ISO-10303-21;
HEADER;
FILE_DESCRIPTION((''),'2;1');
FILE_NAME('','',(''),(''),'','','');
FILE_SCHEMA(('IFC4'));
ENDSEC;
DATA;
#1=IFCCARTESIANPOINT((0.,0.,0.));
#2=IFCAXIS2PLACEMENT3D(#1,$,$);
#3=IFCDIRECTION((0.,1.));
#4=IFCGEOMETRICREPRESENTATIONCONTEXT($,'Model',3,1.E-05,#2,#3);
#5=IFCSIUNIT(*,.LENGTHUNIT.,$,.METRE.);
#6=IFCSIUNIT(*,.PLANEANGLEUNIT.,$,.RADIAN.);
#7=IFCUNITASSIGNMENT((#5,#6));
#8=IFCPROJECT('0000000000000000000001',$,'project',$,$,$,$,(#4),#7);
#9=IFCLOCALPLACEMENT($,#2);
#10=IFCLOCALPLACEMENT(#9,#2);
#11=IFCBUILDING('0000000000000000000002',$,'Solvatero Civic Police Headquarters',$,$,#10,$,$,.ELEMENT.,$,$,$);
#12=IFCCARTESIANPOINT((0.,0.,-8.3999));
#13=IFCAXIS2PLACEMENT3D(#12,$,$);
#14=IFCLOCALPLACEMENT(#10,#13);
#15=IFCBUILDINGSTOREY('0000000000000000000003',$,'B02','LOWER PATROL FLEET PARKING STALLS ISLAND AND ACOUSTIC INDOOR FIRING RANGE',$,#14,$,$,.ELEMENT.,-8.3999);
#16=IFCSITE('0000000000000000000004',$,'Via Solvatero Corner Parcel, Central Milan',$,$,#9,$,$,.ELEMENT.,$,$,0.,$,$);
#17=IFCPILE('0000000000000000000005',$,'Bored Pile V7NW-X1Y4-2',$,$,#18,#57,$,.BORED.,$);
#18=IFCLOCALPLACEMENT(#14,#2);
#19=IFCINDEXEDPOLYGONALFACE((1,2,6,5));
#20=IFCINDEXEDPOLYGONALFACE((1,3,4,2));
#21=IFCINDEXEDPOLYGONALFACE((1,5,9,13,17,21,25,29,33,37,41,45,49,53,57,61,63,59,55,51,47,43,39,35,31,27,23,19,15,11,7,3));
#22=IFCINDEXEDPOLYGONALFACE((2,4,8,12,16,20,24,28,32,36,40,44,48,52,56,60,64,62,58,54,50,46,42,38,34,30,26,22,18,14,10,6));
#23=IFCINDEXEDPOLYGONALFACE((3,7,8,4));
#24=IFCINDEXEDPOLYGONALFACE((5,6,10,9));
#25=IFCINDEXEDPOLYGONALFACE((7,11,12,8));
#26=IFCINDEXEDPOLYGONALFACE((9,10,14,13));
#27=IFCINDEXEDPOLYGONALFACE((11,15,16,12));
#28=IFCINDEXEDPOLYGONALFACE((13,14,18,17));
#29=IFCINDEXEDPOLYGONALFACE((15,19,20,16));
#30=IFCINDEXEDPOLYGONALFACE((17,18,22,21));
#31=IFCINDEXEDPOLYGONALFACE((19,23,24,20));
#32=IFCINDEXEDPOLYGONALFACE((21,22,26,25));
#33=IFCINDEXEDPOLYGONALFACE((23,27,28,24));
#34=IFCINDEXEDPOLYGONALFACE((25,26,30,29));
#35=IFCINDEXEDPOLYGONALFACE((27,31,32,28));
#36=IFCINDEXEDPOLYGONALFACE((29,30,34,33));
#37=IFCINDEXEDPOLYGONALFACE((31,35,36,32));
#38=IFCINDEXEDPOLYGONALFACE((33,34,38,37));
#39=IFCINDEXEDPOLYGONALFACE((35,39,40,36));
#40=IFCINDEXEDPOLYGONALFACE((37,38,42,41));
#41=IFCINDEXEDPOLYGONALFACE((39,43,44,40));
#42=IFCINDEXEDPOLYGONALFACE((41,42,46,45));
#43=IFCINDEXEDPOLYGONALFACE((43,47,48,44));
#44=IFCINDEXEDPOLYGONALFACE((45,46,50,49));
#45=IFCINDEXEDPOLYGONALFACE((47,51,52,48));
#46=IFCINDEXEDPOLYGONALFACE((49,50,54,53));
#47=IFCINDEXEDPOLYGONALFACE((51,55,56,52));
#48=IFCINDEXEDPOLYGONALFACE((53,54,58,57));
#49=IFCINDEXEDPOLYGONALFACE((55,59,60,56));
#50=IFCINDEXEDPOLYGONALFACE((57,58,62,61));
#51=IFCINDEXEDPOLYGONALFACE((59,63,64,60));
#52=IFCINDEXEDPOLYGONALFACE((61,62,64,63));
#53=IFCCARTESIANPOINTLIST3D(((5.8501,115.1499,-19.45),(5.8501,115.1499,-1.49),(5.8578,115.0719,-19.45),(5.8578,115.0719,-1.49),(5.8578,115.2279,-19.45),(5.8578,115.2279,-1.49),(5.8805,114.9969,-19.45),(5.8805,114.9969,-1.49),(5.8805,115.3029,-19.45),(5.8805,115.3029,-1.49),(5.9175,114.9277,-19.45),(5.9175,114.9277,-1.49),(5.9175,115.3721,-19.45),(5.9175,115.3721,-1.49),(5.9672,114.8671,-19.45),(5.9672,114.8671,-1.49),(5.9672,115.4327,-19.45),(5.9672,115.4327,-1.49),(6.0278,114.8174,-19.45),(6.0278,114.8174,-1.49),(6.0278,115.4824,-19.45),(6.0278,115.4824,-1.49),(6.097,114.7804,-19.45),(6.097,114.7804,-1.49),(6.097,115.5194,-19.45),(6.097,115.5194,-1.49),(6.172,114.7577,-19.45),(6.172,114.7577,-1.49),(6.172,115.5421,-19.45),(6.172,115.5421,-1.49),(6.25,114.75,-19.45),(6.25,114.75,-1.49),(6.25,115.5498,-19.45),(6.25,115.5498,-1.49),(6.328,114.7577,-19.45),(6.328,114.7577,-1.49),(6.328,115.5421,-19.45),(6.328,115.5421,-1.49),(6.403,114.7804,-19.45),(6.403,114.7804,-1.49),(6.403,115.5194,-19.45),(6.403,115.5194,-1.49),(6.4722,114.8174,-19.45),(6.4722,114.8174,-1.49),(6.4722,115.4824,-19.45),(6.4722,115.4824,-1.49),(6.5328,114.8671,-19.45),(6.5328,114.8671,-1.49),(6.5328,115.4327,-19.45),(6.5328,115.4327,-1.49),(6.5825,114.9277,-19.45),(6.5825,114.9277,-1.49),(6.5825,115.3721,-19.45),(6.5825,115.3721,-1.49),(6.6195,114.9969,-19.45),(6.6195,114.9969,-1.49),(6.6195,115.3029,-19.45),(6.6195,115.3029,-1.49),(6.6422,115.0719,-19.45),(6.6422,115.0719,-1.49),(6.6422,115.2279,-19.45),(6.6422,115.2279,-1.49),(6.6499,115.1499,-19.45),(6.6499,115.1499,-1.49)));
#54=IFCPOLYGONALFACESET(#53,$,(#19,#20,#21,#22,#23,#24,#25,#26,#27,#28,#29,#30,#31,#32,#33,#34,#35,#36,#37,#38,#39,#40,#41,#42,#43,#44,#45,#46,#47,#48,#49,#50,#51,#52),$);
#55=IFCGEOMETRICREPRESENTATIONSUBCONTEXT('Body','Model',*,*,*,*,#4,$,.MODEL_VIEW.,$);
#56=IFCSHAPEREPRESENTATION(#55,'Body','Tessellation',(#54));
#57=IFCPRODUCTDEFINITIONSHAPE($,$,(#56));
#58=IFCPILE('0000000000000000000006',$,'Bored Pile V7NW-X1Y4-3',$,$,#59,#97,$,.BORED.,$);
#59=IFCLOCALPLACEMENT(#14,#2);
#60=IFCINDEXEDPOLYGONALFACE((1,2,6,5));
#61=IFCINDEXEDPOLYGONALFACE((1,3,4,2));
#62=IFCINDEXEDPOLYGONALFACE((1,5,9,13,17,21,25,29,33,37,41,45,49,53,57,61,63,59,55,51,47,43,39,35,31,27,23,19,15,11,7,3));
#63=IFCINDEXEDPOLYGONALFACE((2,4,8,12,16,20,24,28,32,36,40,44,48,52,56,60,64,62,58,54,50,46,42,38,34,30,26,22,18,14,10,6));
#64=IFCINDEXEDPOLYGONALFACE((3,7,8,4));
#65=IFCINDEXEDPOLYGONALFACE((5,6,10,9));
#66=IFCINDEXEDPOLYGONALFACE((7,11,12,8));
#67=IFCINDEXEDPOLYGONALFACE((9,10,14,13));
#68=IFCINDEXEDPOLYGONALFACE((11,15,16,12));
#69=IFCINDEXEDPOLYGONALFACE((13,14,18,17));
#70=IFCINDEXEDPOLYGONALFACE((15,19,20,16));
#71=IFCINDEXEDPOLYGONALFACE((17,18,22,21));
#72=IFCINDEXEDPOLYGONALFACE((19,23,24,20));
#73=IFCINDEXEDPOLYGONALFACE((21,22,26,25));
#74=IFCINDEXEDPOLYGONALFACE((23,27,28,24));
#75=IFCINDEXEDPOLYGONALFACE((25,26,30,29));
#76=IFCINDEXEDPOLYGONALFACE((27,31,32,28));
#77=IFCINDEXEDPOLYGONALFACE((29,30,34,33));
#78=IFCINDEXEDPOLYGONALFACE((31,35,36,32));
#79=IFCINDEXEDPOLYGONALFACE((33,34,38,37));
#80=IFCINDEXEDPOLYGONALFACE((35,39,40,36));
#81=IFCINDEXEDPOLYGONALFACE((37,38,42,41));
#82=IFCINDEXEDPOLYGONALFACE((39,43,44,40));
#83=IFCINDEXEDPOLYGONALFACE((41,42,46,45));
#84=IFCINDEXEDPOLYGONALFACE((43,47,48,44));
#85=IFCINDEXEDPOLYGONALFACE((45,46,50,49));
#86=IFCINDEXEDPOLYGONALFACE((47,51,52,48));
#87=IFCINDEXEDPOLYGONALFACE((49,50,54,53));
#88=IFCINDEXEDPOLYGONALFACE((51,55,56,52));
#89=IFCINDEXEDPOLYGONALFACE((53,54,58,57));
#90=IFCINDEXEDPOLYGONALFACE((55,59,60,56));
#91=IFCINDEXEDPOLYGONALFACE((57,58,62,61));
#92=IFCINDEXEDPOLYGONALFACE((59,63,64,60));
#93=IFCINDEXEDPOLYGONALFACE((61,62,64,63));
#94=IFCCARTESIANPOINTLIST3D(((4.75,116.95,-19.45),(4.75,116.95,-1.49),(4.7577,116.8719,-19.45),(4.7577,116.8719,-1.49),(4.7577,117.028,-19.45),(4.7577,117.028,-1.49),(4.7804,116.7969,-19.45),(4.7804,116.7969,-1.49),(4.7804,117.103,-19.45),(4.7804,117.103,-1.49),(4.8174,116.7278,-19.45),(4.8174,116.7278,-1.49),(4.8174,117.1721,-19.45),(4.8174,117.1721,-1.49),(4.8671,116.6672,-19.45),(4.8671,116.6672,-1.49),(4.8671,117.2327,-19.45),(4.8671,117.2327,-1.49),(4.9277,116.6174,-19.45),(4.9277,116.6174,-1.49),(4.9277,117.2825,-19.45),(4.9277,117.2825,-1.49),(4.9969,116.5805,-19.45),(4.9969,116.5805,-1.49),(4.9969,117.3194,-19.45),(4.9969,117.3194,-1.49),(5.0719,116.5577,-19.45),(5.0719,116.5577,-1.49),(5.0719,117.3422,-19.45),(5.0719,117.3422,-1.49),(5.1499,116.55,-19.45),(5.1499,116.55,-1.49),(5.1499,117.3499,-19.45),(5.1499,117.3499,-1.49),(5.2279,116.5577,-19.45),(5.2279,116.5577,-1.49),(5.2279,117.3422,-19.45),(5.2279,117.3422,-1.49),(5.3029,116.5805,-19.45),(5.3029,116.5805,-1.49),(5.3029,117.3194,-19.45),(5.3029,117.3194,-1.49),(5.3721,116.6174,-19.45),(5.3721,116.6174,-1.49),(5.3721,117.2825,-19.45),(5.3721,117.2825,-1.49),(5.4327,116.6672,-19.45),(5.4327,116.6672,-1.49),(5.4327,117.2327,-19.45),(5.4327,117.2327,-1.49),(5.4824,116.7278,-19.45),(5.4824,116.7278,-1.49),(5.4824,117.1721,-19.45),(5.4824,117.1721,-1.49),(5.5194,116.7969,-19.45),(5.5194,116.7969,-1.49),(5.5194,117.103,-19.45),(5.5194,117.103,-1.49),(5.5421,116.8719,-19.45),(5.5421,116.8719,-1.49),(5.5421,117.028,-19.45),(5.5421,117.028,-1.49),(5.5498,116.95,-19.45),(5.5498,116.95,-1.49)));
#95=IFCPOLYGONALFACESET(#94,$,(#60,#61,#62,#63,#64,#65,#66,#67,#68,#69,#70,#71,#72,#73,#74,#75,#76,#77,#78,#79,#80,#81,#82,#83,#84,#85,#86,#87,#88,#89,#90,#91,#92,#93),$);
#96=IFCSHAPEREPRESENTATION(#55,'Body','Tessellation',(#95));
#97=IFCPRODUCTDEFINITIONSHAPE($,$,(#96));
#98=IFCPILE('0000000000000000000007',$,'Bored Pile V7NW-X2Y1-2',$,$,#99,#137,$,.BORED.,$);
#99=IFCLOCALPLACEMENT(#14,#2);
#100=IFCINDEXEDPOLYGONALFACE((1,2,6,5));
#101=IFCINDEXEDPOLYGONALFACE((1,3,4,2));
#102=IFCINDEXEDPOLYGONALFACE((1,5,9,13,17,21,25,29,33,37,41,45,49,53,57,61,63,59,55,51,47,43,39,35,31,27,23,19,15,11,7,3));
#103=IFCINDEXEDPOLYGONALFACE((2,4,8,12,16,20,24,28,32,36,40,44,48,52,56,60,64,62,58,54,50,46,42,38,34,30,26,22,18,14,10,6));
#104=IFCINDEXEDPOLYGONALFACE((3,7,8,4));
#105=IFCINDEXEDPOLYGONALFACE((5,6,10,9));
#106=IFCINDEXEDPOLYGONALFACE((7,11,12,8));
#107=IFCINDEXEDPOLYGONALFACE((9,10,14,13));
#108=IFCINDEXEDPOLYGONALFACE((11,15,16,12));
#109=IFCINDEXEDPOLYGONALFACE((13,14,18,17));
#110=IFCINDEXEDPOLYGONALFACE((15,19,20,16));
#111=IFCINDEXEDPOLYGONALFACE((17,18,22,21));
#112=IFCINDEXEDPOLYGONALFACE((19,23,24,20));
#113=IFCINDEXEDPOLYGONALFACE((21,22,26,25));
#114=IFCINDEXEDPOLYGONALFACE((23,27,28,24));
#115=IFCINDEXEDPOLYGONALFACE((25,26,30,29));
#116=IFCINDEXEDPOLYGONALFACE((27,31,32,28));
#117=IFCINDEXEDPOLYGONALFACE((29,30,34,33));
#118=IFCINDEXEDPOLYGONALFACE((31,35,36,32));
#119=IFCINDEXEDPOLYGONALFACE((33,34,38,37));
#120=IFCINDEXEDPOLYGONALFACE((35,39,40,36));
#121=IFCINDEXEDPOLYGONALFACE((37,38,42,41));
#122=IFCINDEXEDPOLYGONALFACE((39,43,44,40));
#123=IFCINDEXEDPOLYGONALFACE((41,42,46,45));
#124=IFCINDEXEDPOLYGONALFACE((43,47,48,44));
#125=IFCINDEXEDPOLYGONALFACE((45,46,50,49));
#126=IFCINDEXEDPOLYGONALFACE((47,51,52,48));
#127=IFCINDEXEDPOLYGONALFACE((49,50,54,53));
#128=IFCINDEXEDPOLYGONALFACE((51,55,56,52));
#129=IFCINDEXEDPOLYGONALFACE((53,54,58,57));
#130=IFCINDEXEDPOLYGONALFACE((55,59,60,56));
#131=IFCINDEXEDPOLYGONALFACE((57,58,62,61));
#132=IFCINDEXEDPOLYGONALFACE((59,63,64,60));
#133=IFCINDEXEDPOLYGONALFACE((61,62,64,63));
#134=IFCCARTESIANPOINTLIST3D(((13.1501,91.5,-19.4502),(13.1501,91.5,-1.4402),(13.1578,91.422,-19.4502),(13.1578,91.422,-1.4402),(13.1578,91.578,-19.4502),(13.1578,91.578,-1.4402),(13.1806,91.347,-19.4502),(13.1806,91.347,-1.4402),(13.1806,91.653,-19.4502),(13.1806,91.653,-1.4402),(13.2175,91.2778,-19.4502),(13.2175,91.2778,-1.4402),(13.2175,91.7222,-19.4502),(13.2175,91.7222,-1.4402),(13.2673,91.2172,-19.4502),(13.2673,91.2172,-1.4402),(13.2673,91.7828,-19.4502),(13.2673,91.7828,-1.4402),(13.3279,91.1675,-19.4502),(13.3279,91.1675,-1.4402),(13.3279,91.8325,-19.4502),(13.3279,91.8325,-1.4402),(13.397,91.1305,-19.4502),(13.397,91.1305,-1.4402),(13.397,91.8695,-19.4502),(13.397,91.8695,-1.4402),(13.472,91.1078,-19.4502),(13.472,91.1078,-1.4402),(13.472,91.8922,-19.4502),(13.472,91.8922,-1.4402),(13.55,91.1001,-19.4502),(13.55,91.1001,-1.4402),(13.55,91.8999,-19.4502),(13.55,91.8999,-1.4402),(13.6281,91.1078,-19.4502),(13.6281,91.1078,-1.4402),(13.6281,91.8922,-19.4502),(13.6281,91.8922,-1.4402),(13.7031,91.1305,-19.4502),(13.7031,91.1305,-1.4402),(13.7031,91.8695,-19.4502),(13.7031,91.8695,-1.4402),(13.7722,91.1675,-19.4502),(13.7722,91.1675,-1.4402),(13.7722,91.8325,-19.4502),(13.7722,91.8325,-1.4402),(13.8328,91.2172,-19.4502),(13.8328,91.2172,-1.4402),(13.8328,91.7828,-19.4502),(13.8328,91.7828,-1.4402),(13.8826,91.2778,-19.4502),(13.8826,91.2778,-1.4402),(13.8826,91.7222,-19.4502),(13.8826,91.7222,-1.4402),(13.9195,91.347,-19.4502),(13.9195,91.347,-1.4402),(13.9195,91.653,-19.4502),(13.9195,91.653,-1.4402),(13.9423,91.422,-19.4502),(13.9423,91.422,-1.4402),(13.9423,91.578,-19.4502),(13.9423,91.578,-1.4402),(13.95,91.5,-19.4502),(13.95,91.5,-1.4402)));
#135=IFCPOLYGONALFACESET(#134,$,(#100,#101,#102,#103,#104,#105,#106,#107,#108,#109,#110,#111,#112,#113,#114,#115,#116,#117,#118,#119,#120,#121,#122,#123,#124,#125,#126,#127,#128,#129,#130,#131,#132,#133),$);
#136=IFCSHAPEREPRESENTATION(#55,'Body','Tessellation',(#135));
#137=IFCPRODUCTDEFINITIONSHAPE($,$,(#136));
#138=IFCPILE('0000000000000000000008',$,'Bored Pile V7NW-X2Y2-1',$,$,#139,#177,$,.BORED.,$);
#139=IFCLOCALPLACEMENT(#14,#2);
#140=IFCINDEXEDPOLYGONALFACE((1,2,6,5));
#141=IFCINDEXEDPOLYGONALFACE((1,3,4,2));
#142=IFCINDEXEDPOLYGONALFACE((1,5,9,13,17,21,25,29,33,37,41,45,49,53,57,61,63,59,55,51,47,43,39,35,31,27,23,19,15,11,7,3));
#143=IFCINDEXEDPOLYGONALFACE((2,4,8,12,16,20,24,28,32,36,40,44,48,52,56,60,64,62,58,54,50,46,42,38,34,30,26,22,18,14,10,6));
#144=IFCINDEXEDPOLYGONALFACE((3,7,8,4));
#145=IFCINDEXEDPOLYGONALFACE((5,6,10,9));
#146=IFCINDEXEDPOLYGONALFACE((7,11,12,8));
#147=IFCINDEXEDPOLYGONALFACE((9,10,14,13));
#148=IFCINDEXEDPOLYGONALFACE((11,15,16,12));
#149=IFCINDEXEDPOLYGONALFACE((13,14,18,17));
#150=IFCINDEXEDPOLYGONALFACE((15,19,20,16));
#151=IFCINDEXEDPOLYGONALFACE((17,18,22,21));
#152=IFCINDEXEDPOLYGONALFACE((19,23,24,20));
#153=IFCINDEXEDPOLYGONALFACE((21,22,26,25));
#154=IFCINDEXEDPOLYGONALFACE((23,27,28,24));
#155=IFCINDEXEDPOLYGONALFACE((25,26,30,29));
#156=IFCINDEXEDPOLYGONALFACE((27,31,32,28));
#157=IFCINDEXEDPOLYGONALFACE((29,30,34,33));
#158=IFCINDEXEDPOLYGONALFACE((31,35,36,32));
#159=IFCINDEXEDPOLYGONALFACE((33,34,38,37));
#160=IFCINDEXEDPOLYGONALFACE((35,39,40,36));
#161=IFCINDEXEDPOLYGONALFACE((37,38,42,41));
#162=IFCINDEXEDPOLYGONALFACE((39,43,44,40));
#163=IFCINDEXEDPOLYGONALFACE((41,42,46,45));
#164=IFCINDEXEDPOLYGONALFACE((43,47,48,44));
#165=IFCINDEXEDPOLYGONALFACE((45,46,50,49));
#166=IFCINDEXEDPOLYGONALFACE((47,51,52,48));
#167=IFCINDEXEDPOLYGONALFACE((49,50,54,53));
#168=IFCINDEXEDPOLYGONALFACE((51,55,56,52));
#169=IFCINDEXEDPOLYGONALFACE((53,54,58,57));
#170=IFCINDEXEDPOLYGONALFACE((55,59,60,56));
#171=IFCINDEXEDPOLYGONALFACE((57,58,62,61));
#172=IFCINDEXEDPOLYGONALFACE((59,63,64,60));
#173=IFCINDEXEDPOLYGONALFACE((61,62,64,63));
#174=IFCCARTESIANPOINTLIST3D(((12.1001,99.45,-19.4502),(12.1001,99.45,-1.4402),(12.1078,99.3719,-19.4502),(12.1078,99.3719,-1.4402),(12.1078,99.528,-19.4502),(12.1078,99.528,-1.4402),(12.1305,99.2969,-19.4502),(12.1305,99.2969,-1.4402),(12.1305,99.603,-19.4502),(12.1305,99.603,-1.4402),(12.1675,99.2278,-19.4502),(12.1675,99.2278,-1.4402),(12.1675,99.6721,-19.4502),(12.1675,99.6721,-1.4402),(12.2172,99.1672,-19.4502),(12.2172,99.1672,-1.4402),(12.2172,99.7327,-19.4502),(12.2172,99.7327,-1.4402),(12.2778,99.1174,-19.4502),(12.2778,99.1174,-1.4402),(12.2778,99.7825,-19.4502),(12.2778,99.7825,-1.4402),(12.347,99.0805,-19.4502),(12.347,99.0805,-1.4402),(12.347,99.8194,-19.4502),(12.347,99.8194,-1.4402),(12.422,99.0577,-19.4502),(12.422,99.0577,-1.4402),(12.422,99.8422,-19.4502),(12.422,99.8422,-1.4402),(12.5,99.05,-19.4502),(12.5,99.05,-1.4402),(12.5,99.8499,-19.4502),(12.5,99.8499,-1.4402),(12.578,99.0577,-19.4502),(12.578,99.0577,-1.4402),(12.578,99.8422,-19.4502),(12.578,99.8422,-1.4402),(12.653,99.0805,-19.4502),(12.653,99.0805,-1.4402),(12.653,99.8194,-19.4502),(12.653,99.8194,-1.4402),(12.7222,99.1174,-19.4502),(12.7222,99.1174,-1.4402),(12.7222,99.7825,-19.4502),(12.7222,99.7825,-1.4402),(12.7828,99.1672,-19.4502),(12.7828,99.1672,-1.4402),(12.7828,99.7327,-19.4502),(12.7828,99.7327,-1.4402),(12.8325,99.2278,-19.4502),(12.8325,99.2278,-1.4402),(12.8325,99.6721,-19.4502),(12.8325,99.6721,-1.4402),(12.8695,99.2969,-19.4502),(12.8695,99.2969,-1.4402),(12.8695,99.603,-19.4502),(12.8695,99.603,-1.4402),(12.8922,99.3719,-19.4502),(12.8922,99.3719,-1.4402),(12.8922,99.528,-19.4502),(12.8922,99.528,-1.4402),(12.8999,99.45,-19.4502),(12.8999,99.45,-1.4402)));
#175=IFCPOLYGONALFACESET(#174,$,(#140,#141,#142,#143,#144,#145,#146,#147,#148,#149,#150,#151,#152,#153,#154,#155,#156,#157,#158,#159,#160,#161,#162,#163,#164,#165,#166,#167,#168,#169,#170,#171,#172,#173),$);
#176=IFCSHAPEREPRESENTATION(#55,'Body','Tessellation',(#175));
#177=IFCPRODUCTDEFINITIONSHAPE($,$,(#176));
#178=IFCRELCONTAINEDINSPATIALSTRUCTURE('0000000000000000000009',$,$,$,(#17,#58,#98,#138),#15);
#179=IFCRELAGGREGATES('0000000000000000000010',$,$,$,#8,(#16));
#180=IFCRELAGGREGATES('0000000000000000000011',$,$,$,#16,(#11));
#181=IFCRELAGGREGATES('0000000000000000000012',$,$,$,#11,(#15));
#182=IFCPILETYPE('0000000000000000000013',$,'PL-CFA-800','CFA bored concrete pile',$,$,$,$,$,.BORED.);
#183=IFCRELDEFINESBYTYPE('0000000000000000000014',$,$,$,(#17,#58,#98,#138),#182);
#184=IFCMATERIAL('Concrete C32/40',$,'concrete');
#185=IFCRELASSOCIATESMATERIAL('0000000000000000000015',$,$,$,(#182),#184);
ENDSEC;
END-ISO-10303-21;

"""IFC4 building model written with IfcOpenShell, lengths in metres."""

from ifc_helpers import new_model, si_unit, direction, frame, origin, origin_2d, place, context, subcontext, project, spatial, circle, extrude, material, material_profile, profile_set, type_object, element, save


model = new_model("IFC4")

# Units and contexts
model_context = context("Model", 3, precision=1e-05, world=origin(), true_north=direction((0.0, 1.0)))
body_context = subcontext(model_context, "Body", "Model", "MODEL_VIEW")
ifc_project = project(units=[si_unit("LENGTHUNIT", "METRE"), si_unit("PLANEANGLEUNIT", "RADIAN")], contexts=[model_context])

# Site, building, storey
site_placement = place(None, origin())
site = spatial("IfcSite", under=ifc_project, at=site_placement, Name="Via Solvatero Corner Parcel, Central Milan", CompositionType="ELEMENT", RefElevation=0.0)
building_placement = place(site_placement, origin())
building = spatial("IfcBuilding", under=site, at=building_placement, Name="Solvatero Civic Police Headquarters", CompositionType="ELEMENT")
storey_placement = place(building_placement, frame((0.0, 0.0, -8.3999)))
storey = spatial("IfcBuildingStorey", under=building, at=storey_placement, Name="B02", Description="LOWER PATROL FLEET PARKING STALLS ISLAND AND ACOUSTIC INDOOR FIRING RANGE", CompositionType="ELEMENT", Elevation=-8.3999)

# Piles
ifc_material_1 = material(Name="Concrete C32/40", Category="concrete")
ifc_material_profile_1 = material_profile(ifc_material_1, circle(Radius=0.3999, at=origin_2d()), Name="CFA PILE D800")
ifc_profile_set_1 = profile_set([ifc_material_profile_1], Name="Concrete C32/40")
pile_type = type_object("IfcPileType", Name="PL-CFA-800", Description="CFA bored concrete pile", PredefinedType="BORED", material=ifc_profile_set_1)
for number, where, z_axis, x_axis, name in (
    (1, (6.25, 115.1499, -1.49), (0.0, 0.0, -1.0), (1.0, 0.0, 0.0), "Bored Pile V7NW-X1Y4-2"),
    (2, (5.1499, 116.95, -1.49), (0.0, 0.0, -1.0), (1.0, 0.0, 0.0), "Bored Pile V7NW-X1Y4-3"),
):
    element("IfcPile", number, at=place(storey_placement, frame(where, z_axis=z_axis, x_axis=x_axis)), inside=storey, type_object=pile_type, Name=name, PredefinedType="BORED", context=body_context, shape_type="SweptSolid", body=[
        extrude(circle(Radius=0.3999, at=origin_2d()), origin(), (0.0, 0.0, 1.0), 17.96),
    ])
for number, where, z_axis, x_axis, name in (
    (3, (13.55, 91.5, -1.4402), (0.0, 0.0, -1.0), (1.0, 0.0, 0.0), "Bored Pile V7NW-X2Y1-2"),
    (4, (12.5, 99.45, -1.4402), (0.0, 0.0, -1.0), (1.0, 0.0, 0.0), "Bored Pile V7NW-X2Y2-1"),
):
    element("IfcPile", number, at=place(storey_placement, frame(where, z_axis=z_axis, x_axis=x_axis)), inside=storey, type_object=pile_type, Name=name, PredefinedType="BORED", context=body_context, shape_type="SweptSolid", body=[
        extrude(circle(Radius=0.3999, at=origin_2d()), origin(), (0.0, 0.0, 1.0), 18.01),
    ])

save(model, "model.ifc")
